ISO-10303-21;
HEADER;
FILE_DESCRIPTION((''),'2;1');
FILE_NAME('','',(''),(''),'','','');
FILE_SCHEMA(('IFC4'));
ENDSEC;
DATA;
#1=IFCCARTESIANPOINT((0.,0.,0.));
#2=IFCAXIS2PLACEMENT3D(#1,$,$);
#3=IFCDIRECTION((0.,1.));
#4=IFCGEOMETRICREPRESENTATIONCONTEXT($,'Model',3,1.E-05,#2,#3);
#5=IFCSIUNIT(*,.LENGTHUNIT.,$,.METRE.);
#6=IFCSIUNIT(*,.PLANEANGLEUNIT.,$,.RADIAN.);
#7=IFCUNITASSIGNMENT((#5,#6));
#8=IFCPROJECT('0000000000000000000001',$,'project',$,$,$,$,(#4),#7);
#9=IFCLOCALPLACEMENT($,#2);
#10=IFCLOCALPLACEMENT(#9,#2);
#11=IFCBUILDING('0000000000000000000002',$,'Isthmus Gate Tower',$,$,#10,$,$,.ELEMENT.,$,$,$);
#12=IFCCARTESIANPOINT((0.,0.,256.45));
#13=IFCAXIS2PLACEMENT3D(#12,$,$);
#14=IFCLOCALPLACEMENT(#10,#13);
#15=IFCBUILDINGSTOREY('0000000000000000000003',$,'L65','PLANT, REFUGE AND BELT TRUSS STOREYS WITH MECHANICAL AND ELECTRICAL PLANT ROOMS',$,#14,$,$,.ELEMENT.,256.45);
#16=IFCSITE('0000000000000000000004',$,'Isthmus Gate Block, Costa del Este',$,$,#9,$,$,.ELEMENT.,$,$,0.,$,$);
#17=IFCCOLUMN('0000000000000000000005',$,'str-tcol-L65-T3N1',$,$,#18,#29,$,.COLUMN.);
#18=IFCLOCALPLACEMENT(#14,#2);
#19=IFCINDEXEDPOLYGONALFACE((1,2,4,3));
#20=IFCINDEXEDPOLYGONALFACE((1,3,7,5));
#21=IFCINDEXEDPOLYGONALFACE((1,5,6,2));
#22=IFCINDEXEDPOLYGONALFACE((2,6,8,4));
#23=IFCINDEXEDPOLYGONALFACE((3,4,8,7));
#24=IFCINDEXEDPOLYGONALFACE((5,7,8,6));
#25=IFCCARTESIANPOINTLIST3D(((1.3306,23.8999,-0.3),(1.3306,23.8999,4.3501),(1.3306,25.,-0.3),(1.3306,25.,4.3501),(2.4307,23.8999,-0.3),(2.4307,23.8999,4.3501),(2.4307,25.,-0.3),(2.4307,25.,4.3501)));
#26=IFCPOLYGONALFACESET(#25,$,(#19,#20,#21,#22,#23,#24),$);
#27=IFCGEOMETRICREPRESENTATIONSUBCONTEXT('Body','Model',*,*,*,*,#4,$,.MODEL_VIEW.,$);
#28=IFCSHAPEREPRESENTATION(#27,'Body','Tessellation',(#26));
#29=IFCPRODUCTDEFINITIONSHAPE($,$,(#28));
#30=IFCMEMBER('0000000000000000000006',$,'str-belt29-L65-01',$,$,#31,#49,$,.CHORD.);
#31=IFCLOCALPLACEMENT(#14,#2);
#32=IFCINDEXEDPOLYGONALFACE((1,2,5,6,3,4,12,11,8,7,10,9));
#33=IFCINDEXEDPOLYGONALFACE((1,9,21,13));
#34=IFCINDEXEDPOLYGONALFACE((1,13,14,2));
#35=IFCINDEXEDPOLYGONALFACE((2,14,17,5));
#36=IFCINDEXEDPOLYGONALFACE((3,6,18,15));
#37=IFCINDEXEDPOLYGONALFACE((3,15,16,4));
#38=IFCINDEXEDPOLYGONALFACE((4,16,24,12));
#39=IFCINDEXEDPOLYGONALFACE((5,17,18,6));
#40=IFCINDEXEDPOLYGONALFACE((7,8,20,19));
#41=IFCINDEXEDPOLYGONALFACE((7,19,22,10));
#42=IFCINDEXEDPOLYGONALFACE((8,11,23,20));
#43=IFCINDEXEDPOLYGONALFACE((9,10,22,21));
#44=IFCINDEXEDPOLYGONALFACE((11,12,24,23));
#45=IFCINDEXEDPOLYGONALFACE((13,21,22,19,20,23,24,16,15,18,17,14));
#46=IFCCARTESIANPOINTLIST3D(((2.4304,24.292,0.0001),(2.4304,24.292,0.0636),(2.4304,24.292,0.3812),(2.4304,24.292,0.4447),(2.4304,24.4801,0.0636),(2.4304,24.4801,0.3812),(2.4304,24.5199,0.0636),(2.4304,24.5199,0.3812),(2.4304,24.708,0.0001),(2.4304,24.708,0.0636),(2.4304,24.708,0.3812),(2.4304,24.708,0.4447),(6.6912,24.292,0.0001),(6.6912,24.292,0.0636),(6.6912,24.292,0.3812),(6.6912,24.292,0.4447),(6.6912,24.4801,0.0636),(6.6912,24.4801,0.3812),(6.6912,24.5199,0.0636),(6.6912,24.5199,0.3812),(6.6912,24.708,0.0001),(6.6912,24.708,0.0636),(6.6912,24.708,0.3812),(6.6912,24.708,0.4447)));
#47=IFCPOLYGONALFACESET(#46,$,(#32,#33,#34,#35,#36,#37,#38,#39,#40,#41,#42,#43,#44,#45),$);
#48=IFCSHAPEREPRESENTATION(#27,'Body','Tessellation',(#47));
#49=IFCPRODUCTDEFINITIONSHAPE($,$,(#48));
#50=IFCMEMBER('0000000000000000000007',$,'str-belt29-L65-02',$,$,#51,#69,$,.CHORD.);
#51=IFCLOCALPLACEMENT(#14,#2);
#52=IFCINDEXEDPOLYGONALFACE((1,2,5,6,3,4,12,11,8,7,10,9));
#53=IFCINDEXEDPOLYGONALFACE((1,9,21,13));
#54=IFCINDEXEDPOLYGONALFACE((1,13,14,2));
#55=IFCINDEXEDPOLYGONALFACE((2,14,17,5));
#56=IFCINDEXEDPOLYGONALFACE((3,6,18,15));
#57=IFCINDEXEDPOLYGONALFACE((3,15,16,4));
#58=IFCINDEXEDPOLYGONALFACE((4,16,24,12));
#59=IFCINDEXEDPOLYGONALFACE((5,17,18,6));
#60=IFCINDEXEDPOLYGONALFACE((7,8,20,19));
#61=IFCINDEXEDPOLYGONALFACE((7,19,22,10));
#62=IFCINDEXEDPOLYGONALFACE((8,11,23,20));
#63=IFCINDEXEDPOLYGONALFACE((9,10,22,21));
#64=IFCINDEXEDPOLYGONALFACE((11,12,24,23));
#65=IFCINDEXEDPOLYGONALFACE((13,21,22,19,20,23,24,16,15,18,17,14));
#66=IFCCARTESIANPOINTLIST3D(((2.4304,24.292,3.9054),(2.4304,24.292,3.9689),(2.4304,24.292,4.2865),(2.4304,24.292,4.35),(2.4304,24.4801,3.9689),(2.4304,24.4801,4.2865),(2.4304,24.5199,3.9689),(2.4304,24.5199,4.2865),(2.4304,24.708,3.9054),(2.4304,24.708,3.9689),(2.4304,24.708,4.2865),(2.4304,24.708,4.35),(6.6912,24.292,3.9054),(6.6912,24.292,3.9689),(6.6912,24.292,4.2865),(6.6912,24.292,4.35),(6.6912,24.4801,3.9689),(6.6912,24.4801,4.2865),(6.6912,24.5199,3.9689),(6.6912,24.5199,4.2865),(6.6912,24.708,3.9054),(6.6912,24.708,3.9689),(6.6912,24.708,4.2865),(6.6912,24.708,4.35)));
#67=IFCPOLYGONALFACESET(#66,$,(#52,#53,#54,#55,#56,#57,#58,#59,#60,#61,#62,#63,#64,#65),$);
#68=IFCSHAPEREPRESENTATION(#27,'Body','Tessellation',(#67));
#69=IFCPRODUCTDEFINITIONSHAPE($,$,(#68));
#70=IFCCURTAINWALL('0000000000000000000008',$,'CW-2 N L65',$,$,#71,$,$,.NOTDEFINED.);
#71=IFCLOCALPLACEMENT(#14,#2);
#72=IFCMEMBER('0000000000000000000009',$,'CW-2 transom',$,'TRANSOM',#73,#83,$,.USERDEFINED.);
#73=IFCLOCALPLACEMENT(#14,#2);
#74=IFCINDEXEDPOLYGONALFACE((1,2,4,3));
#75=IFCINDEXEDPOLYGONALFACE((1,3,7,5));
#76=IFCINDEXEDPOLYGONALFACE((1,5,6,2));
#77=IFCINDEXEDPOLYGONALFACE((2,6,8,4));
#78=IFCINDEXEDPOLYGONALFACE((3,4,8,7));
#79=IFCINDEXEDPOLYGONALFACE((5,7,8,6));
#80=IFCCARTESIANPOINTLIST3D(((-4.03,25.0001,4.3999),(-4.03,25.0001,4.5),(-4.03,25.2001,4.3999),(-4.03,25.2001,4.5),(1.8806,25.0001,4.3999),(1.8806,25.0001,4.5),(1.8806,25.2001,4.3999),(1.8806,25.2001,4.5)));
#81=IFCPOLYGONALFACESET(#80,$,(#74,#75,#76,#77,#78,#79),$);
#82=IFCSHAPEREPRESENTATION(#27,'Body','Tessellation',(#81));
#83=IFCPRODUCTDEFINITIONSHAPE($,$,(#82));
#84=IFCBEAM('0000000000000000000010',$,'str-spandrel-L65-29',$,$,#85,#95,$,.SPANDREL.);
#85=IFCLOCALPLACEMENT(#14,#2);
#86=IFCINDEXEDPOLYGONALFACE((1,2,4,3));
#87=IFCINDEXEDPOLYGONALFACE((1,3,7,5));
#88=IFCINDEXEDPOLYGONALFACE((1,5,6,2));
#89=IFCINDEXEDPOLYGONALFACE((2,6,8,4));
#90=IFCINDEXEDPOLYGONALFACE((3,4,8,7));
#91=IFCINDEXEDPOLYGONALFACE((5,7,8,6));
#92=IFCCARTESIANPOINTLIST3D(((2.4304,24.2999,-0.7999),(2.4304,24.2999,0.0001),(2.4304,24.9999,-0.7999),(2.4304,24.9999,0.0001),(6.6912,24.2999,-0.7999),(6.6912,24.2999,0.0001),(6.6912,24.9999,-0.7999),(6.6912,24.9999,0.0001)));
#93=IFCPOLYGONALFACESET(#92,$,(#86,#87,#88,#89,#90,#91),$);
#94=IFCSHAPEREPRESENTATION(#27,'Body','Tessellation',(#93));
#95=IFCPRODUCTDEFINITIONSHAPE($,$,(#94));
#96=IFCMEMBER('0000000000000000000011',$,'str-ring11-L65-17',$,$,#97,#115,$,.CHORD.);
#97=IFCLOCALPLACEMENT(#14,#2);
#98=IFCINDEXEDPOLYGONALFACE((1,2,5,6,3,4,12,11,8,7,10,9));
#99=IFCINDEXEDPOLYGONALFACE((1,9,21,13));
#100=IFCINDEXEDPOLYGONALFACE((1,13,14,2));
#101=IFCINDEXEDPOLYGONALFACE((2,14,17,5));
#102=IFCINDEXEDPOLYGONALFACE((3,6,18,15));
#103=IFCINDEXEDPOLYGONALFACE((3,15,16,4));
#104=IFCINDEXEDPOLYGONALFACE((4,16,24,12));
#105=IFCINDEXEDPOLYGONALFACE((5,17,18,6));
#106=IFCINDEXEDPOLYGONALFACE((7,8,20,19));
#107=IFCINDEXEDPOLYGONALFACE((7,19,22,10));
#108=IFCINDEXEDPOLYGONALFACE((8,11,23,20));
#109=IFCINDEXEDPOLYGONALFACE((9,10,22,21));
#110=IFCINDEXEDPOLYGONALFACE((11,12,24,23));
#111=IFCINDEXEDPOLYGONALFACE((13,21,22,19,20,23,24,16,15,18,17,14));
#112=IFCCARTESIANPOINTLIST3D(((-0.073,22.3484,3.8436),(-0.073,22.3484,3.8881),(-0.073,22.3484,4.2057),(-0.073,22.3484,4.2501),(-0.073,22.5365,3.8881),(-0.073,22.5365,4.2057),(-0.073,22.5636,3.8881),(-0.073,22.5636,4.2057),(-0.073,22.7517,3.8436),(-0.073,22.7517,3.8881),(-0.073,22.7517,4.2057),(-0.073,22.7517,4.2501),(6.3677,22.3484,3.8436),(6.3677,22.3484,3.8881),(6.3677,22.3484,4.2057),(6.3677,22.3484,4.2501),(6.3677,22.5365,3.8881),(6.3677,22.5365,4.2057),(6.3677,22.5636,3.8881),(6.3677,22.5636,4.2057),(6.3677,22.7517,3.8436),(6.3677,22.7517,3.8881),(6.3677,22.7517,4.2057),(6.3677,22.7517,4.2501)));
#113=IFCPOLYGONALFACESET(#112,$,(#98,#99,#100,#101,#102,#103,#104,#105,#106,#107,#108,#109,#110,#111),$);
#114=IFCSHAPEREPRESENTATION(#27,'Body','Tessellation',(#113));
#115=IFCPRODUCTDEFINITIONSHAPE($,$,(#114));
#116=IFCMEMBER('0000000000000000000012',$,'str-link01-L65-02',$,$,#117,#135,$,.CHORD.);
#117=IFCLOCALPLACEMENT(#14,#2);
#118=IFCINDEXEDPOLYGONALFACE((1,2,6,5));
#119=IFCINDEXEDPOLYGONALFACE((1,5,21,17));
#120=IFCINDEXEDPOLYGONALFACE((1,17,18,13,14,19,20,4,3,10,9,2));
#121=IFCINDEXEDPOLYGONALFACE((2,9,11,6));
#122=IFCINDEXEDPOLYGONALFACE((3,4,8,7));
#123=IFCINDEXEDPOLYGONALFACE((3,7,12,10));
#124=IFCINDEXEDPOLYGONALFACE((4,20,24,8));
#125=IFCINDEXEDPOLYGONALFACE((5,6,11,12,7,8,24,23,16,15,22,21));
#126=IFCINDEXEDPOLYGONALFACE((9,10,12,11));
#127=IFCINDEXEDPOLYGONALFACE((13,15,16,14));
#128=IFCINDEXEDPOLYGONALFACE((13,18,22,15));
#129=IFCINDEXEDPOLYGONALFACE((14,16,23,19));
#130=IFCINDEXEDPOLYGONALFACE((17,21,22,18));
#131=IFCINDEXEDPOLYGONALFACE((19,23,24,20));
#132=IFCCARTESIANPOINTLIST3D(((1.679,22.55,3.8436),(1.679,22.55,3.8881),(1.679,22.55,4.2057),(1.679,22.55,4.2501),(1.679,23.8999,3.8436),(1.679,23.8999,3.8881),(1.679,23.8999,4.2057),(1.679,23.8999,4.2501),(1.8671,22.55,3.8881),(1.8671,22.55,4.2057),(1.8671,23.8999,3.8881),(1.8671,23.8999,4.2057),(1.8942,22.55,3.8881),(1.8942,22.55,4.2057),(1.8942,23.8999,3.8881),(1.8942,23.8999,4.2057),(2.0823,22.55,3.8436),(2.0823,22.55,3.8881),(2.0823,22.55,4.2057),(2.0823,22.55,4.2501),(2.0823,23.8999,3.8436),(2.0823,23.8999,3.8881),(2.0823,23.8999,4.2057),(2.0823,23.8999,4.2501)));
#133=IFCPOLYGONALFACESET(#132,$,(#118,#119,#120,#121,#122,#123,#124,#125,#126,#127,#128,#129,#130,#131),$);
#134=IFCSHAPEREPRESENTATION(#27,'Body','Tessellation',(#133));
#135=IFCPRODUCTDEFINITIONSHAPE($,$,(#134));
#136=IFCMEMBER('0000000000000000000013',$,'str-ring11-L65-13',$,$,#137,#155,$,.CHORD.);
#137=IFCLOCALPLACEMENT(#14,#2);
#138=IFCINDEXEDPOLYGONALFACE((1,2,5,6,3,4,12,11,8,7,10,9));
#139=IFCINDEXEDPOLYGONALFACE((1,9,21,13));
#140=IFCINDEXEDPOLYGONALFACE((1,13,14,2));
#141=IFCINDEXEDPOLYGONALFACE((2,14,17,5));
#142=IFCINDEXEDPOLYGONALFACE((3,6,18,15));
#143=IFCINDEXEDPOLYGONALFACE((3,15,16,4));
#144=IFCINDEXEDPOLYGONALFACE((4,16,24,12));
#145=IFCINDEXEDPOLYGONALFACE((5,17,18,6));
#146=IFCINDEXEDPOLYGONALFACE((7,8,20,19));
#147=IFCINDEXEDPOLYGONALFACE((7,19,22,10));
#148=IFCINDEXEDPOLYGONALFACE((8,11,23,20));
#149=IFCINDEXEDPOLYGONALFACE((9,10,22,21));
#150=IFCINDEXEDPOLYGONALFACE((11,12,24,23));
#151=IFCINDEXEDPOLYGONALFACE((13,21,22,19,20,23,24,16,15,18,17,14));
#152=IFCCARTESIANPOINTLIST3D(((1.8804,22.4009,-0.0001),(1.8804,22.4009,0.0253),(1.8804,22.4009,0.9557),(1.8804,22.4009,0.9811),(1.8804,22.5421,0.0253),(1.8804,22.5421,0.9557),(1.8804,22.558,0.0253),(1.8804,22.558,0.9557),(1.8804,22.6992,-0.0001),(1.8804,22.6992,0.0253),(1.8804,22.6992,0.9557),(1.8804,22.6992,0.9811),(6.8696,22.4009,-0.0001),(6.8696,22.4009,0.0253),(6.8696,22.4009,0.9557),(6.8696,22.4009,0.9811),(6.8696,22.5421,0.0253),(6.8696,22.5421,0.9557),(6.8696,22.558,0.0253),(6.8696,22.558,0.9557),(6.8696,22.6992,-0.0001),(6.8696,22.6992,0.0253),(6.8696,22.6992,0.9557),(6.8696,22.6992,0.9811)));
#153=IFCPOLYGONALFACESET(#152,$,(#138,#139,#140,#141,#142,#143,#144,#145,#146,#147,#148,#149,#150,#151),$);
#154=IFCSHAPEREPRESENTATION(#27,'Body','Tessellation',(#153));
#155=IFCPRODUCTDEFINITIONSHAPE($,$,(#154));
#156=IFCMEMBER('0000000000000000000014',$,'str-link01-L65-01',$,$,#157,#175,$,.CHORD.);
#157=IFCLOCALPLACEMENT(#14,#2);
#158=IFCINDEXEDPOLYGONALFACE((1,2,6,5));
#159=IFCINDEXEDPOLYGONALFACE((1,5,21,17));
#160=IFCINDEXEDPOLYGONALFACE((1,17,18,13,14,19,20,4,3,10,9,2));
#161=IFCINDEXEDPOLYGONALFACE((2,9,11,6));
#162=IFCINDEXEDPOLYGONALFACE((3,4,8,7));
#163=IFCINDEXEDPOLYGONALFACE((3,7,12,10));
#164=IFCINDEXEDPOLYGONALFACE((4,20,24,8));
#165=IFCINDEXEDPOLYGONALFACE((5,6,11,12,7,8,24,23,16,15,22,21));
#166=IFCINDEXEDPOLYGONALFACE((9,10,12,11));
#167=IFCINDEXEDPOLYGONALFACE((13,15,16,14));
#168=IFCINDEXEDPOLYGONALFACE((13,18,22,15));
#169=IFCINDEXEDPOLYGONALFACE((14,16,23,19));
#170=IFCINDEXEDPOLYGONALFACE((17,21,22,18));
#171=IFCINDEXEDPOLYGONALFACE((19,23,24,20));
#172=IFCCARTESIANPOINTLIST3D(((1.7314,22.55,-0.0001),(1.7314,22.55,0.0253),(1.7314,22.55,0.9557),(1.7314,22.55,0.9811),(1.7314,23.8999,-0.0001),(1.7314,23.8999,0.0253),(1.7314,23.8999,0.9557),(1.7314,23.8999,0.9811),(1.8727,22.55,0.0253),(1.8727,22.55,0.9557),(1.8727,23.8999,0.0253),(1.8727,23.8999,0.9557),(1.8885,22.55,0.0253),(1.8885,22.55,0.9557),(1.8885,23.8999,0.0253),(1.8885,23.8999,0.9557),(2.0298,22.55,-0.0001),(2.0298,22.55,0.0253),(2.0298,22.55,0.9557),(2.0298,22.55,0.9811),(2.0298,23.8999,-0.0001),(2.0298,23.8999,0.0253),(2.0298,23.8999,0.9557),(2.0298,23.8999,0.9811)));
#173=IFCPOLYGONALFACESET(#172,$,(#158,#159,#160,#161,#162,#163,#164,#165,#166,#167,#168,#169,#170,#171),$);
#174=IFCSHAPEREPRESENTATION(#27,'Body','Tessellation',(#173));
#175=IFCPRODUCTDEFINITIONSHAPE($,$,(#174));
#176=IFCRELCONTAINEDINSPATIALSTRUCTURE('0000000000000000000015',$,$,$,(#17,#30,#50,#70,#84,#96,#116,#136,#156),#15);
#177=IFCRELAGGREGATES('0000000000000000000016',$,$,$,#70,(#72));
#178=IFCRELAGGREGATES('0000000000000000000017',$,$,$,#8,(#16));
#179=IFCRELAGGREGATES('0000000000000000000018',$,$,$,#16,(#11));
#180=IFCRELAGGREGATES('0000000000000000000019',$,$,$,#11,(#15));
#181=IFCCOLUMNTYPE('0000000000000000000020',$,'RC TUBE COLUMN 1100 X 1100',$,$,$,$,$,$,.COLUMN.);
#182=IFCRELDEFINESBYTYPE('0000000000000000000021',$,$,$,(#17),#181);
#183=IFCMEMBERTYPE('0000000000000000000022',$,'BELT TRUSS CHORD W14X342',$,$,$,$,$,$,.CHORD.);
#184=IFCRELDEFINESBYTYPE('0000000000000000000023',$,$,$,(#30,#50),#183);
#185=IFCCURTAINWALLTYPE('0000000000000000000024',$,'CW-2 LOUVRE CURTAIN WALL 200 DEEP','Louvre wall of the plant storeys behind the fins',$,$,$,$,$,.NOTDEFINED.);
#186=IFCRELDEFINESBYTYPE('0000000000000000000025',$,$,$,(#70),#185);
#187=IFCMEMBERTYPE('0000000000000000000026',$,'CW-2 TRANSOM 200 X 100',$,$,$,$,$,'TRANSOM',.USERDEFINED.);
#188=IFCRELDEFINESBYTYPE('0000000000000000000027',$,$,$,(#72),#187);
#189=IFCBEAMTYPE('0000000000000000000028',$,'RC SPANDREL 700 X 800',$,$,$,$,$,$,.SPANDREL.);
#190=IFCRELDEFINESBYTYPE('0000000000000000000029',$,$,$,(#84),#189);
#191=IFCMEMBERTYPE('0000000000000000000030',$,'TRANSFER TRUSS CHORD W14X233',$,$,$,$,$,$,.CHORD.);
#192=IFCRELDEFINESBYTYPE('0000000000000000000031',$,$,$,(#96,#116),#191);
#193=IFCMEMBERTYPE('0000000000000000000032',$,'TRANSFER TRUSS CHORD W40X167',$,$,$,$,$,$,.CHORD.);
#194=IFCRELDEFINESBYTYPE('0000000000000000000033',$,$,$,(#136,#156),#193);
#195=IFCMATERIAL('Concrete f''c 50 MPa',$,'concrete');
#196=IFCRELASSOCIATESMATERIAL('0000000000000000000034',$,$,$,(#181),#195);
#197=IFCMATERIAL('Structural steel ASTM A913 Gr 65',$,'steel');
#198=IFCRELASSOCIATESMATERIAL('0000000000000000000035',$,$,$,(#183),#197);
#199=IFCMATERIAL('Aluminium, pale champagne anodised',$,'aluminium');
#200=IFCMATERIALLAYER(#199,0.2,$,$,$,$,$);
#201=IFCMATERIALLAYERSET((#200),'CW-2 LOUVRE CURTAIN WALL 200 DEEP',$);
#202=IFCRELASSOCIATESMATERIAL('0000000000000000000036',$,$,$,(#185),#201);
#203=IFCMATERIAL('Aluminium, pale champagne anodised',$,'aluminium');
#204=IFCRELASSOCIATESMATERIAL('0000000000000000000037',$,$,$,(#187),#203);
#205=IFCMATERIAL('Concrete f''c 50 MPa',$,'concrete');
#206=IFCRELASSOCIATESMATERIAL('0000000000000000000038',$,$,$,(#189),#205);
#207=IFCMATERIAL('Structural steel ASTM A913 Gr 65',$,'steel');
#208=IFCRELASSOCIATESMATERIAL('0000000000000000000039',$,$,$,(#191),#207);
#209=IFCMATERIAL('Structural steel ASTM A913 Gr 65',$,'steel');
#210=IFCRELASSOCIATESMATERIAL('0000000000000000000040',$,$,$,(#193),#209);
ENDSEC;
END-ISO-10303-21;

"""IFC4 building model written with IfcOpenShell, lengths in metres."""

from ifc_helpers import new_model, si_unit, direction, frame, origin, origin_2d, place, context, subcontext, project, spatial, rectangle, i_section, extrude, material, layer, layer_set, material_profile, profile_set, type_object, element, aggregate, save


model = new_model("IFC4")

# Units and contexts
model_context = context("Model", 3, precision=1e-05, world=origin(), true_north=direction((0.0, 1.0)))
body_context = subcontext(model_context, "Body", "Model", "MODEL_VIEW")
ifc_project = project(units=[si_unit("LENGTHUNIT", "METRE"), si_unit("PLANEANGLEUNIT", "RADIAN")], contexts=[model_context])

# Site, building, storey
site_placement = place(None, origin())
site = spatial("IfcSite", under=ifc_project, at=site_placement, Name="Isthmus Gate Block, Costa del Este", CompositionType="ELEMENT", RefElevation=0.0)
building_placement = place(site_placement, origin())
building = spatial("IfcBuilding", under=site, at=building_placement, Name="Isthmus Gate Tower", CompositionType="ELEMENT")
storey_placement = place(building_placement, frame((0.0, 0.0, 256.45)))
storey = spatial("IfcBuildingStorey", under=building, at=storey_placement, Name="L65", Description="PLANT, REFUGE AND BELT TRUSS STOREYS WITH MECHANICAL AND ELECTRICAL PLANT ROOMS", CompositionType="ELEMENT", Elevation=256.45)

# Column
ifc_material_1 = material(Name="Concrete f'c 50 MPa", Category="concrete")
ifc_material_profile_1 = material_profile(ifc_material_1, rectangle(XDim=1.1001, YDim=1.1001, at=origin_2d()), Name="RC 1100X1100")
ifc_profile_set_1 = profile_set([ifc_material_profile_1], Name="Concrete f'c 50 MPa")
column_type = type_object("IfcColumnType", Name="RC TUBE COLUMN 1100 X 1100", PredefinedType="COLUMN", material=ifc_profile_set_1)
column_placement = place(storey_placement, frame((1.8806, 24.45, -0.3), z_axis=(0.0, 0.0, 1.0), x_axis=(-1.0, 0.0, 0.0)))
element("IfcColumn", 1, at=column_placement, inside=storey, type_object=column_type, Name="str-tcol-L65-T3N1", PredefinedType="COLUMN", context=body_context, shape_type="SweptSolid", body=[
    extrude(rectangle(XDim=1.1001, YDim=1.1001, at=origin_2d()), origin(), (0.0, 0.0, 1.0), 4.6501),
])

# Members
ifc_material_2 = material(Name="Structural steel ASTM A913 Gr 65", Category="steel")
ifc_material_profile_2 = material_profile(ifc_material_2, i_section(OverallWidth=0.416, OverallDepth=0.4446, WebThickness=0.0398, FlangeThickness=0.0635, at=origin_2d()), Name="W14X342")
ifc_profile_set_2 = profile_set([ifc_material_profile_2], Name="Structural steel ASTM A913 Gr 65")
member_type_1 = type_object("IfcMemberType", Name="BELT TRUSS CHORD W14X342", PredefinedType="CHORD", material=ifc_profile_set_2)
for number, where, z_axis, x_axis, name in (
    (2, (2.4304, 24.5, 0.2224), (1.0, 0.0, 0.0), (0.0, 1.0, 0.0), "str-belt29-L65-01"),
    (3, (2.4304, 24.5, 4.1277), (1.0, 0.0, 0.0), (0.0, 1.0, 0.0), "str-belt29-L65-02"),
):
    element("IfcMember", number, at=place(storey_placement, frame(where, z_axis=z_axis, x_axis=x_axis)), inside=storey, type_object=member_type_1, Name=name, PredefinedType="CHORD", context=body_context, shape_type="SweptSolid", body=[
        extrude(i_section(OverallWidth=0.416, OverallDepth=0.4446, WebThickness=0.0398, FlangeThickness=0.0635, at=origin_2d()), origin(), (0.0, 0.0, 1.0), 4.2607),
    ])

# Curtain wall, member
ifc_material_3 = material(Name="Aluminium, pale champagne anodised", Category="aluminium")
ifc_layer_1 = layer(ifc_material_3, 0.2)
ifc_layer_set_1 = layer_set([ifc_layer_1], Name="CW-2 LOUVRE CURTAIN WALL 200 DEEP")
curtain_wall_type = type_object("IfcCurtainWallType", Name="CW-2 LOUVRE CURTAIN WALL 200 DEEP", Description="Louvre wall of the plant storeys behind the fins", PredefinedType="NOTDEFINED", material=ifc_layer_set_1)
curtain_wall_placement = place(storey_placement, origin())
curtain_wall = element("IfcCurtainWall", 4, at=curtain_wall_placement, inside=storey, type_object=curtain_wall_type, Name="CW-2 N L65", PredefinedType="NOTDEFINED")
ifc_material_4 = material(Name="Aluminium, pale champagne anodised", Category="aluminium")
ifc_material_profile_3 = material_profile(ifc_material_4, rectangle(XDim=0.2, YDim=0.1001, at=origin_2d()), Name="200x100")
ifc_profile_set_3 = profile_set([ifc_material_profile_3], Name="Aluminium, pale champagne anodised")
member_type_2 = type_object("IfcMemberType", Name="CW-2 TRANSOM 200 X 100", ElementType="TRANSOM", PredefinedType="USERDEFINED", material=ifc_profile_set_3)
member_1_placement = place(storey_placement, frame((1.8806, 25.1001, 4.45), z_axis=(-1.0, 0.0, 0.0), x_axis=(0.0, -1.0, 0.0)))
member_1 = element("IfcMember", 5, at=member_1_placement, type_object=member_type_2, Name="CW-2 transom", ObjectType="TRANSOM", PredefinedType="USERDEFINED", context=body_context, shape_type="SweptSolid", body=[
    extrude(rectangle(XDim=0.2, YDim=0.1001, at=origin_2d()), origin(), (0.0, 0.0, 1.0), 5.9106),
])

# Beam
ifc_material_5 = material(Name="Concrete f'c 50 MPa", Category="concrete")
ifc_material_profile_4 = material_profile(ifc_material_5, rectangle(XDim=0.7, YDim=0.8, at=origin_2d()), Name="RC 700X800")
ifc_profile_set_4 = profile_set([ifc_material_profile_4], Name="Concrete f'c 50 MPa")
beam_type = type_object("IfcBeamType", Name="RC SPANDREL 700 X 800", PredefinedType="SPANDREL", material=ifc_profile_set_4)
beam_placement = place(storey_placement, frame((2.4304, 24.6499, -0.3999), z_axis=(1.0, 0.0, 0.0), x_axis=(0.0, 1.0, 0.0)))
element("IfcBeam", 6, at=beam_placement, inside=storey, type_object=beam_type, Name="str-spandrel-L65-29", PredefinedType="SPANDREL", context=body_context, shape_type="SweptSolid", body=[
    extrude(rectangle(XDim=0.7, YDim=0.8, at=origin_2d()), origin(), (0.0, 0.0, 1.0), 4.2607),
])

# Members
ifc_material_6 = material(Name="Structural steel ASTM A913 Gr 65", Category="steel")
ifc_material_profile_5 = material_profile(ifc_material_6, i_section(OverallWidth=0.4033, OverallDepth=0.4065, WebThickness=0.0271, FlangeThickness=0.0444, at=origin_2d()), Name="W14X233")
ifc_profile_set_5 = profile_set([ifc_material_profile_5], Name="Structural steel ASTM A913 Gr 65")
member_type_3 = type_object("IfcMemberType", Name="TRANSFER TRUSS CHORD W14X233", PredefinedType="CHORD", material=ifc_profile_set_5)
member_2_placement = place(storey_placement, frame((-0.073, 22.55, 4.0469), z_axis=(1.0, 0.0, 0.0), x_axis=(0.0, 1.0, 0.0)))
element("IfcMember", 7, at=member_2_placement, inside=storey, type_object=member_type_3, Name="str-ring11-L65-17", PredefinedType="CHORD", context=body_context, shape_type="SweptSolid", body=[
    extrude(i_section(OverallWidth=0.4033, OverallDepth=0.4065, WebThickness=0.0271, FlangeThickness=0.0444, at=origin_2d()), origin(), (0.0, 0.0, 1.0), 6.4407),
])
member_3_placement = place(storey_placement, frame((1.8806, 23.8999, 4.0469), z_axis=(0.0, -1.0, 0.0), x_axis=(1.0, 0.0, 0.0)))
element("IfcMember", 8, at=member_3_placement, inside=storey, type_object=member_type_3, Name="str-link01-L65-02", PredefinedType="CHORD", context=body_context, shape_type="SweptSolid", body=[
    extrude(i_section(OverallWidth=0.4033, OverallDepth=0.4065, WebThickness=0.0271, FlangeThickness=0.0444, at=origin_2d()), origin(), (0.0, 0.0, 1.0), 1.3499),
])
ifc_material_7 = material(Name="Structural steel ASTM A913 Gr 65", Category="steel")
ifc_material_profile_6 = material_profile(ifc_material_7, i_section(OverallWidth=0.2983, OverallDepth=0.9812, WebThickness=0.0159, FlangeThickness=0.0254, at=origin_2d()), Name="W40X167")
ifc_profile_set_6 = profile_set([ifc_material_profile_6], Name="Structural steel ASTM A913 Gr 65")
member_type_4 = type_object("IfcMemberType", Name="TRANSFER TRUSS CHORD W40X167", PredefinedType="CHORD", material=ifc_profile_set_6)
member_4_placement = place(storey_placement, frame((1.8804, 22.55, 0.4905), z_axis=(1.0, 0.0, 0.0), x_axis=(0.0, 1.0, 0.0)))
element("IfcMember", 9, at=member_4_placement, inside=storey, type_object=member_type_4, Name="str-ring11-L65-13", PredefinedType="CHORD", context=body_context, shape_type="SweptSolid", body=[
    extrude(i_section(OverallWidth=0.2983, OverallDepth=0.9812, WebThickness=0.0159, FlangeThickness=0.0254, at=origin_2d()), origin(), (0.0, 0.0, 1.0), 4.9893),
])
member_5_placement = place(storey_placement, frame((1.8806, 23.8999, 0.4905), z_axis=(0.0, -1.0, 0.0), x_axis=(1.0, 0.0, 0.0)))
element("IfcMember", 10, at=member_5_placement, inside=storey, type_object=member_type_4, Name="str-link01-L65-01", PredefinedType="CHORD", context=body_context, shape_type="SweptSolid", body=[
    extrude(i_section(OverallWidth=0.2983, OverallDepth=0.9812, WebThickness=0.0159, FlangeThickness=0.0254, at=origin_2d()), origin(), (0.0, 0.0, 1.0), 1.3499),
])

aggregate(curtain_wall, [member_1])

save(model, "model.ifc")
